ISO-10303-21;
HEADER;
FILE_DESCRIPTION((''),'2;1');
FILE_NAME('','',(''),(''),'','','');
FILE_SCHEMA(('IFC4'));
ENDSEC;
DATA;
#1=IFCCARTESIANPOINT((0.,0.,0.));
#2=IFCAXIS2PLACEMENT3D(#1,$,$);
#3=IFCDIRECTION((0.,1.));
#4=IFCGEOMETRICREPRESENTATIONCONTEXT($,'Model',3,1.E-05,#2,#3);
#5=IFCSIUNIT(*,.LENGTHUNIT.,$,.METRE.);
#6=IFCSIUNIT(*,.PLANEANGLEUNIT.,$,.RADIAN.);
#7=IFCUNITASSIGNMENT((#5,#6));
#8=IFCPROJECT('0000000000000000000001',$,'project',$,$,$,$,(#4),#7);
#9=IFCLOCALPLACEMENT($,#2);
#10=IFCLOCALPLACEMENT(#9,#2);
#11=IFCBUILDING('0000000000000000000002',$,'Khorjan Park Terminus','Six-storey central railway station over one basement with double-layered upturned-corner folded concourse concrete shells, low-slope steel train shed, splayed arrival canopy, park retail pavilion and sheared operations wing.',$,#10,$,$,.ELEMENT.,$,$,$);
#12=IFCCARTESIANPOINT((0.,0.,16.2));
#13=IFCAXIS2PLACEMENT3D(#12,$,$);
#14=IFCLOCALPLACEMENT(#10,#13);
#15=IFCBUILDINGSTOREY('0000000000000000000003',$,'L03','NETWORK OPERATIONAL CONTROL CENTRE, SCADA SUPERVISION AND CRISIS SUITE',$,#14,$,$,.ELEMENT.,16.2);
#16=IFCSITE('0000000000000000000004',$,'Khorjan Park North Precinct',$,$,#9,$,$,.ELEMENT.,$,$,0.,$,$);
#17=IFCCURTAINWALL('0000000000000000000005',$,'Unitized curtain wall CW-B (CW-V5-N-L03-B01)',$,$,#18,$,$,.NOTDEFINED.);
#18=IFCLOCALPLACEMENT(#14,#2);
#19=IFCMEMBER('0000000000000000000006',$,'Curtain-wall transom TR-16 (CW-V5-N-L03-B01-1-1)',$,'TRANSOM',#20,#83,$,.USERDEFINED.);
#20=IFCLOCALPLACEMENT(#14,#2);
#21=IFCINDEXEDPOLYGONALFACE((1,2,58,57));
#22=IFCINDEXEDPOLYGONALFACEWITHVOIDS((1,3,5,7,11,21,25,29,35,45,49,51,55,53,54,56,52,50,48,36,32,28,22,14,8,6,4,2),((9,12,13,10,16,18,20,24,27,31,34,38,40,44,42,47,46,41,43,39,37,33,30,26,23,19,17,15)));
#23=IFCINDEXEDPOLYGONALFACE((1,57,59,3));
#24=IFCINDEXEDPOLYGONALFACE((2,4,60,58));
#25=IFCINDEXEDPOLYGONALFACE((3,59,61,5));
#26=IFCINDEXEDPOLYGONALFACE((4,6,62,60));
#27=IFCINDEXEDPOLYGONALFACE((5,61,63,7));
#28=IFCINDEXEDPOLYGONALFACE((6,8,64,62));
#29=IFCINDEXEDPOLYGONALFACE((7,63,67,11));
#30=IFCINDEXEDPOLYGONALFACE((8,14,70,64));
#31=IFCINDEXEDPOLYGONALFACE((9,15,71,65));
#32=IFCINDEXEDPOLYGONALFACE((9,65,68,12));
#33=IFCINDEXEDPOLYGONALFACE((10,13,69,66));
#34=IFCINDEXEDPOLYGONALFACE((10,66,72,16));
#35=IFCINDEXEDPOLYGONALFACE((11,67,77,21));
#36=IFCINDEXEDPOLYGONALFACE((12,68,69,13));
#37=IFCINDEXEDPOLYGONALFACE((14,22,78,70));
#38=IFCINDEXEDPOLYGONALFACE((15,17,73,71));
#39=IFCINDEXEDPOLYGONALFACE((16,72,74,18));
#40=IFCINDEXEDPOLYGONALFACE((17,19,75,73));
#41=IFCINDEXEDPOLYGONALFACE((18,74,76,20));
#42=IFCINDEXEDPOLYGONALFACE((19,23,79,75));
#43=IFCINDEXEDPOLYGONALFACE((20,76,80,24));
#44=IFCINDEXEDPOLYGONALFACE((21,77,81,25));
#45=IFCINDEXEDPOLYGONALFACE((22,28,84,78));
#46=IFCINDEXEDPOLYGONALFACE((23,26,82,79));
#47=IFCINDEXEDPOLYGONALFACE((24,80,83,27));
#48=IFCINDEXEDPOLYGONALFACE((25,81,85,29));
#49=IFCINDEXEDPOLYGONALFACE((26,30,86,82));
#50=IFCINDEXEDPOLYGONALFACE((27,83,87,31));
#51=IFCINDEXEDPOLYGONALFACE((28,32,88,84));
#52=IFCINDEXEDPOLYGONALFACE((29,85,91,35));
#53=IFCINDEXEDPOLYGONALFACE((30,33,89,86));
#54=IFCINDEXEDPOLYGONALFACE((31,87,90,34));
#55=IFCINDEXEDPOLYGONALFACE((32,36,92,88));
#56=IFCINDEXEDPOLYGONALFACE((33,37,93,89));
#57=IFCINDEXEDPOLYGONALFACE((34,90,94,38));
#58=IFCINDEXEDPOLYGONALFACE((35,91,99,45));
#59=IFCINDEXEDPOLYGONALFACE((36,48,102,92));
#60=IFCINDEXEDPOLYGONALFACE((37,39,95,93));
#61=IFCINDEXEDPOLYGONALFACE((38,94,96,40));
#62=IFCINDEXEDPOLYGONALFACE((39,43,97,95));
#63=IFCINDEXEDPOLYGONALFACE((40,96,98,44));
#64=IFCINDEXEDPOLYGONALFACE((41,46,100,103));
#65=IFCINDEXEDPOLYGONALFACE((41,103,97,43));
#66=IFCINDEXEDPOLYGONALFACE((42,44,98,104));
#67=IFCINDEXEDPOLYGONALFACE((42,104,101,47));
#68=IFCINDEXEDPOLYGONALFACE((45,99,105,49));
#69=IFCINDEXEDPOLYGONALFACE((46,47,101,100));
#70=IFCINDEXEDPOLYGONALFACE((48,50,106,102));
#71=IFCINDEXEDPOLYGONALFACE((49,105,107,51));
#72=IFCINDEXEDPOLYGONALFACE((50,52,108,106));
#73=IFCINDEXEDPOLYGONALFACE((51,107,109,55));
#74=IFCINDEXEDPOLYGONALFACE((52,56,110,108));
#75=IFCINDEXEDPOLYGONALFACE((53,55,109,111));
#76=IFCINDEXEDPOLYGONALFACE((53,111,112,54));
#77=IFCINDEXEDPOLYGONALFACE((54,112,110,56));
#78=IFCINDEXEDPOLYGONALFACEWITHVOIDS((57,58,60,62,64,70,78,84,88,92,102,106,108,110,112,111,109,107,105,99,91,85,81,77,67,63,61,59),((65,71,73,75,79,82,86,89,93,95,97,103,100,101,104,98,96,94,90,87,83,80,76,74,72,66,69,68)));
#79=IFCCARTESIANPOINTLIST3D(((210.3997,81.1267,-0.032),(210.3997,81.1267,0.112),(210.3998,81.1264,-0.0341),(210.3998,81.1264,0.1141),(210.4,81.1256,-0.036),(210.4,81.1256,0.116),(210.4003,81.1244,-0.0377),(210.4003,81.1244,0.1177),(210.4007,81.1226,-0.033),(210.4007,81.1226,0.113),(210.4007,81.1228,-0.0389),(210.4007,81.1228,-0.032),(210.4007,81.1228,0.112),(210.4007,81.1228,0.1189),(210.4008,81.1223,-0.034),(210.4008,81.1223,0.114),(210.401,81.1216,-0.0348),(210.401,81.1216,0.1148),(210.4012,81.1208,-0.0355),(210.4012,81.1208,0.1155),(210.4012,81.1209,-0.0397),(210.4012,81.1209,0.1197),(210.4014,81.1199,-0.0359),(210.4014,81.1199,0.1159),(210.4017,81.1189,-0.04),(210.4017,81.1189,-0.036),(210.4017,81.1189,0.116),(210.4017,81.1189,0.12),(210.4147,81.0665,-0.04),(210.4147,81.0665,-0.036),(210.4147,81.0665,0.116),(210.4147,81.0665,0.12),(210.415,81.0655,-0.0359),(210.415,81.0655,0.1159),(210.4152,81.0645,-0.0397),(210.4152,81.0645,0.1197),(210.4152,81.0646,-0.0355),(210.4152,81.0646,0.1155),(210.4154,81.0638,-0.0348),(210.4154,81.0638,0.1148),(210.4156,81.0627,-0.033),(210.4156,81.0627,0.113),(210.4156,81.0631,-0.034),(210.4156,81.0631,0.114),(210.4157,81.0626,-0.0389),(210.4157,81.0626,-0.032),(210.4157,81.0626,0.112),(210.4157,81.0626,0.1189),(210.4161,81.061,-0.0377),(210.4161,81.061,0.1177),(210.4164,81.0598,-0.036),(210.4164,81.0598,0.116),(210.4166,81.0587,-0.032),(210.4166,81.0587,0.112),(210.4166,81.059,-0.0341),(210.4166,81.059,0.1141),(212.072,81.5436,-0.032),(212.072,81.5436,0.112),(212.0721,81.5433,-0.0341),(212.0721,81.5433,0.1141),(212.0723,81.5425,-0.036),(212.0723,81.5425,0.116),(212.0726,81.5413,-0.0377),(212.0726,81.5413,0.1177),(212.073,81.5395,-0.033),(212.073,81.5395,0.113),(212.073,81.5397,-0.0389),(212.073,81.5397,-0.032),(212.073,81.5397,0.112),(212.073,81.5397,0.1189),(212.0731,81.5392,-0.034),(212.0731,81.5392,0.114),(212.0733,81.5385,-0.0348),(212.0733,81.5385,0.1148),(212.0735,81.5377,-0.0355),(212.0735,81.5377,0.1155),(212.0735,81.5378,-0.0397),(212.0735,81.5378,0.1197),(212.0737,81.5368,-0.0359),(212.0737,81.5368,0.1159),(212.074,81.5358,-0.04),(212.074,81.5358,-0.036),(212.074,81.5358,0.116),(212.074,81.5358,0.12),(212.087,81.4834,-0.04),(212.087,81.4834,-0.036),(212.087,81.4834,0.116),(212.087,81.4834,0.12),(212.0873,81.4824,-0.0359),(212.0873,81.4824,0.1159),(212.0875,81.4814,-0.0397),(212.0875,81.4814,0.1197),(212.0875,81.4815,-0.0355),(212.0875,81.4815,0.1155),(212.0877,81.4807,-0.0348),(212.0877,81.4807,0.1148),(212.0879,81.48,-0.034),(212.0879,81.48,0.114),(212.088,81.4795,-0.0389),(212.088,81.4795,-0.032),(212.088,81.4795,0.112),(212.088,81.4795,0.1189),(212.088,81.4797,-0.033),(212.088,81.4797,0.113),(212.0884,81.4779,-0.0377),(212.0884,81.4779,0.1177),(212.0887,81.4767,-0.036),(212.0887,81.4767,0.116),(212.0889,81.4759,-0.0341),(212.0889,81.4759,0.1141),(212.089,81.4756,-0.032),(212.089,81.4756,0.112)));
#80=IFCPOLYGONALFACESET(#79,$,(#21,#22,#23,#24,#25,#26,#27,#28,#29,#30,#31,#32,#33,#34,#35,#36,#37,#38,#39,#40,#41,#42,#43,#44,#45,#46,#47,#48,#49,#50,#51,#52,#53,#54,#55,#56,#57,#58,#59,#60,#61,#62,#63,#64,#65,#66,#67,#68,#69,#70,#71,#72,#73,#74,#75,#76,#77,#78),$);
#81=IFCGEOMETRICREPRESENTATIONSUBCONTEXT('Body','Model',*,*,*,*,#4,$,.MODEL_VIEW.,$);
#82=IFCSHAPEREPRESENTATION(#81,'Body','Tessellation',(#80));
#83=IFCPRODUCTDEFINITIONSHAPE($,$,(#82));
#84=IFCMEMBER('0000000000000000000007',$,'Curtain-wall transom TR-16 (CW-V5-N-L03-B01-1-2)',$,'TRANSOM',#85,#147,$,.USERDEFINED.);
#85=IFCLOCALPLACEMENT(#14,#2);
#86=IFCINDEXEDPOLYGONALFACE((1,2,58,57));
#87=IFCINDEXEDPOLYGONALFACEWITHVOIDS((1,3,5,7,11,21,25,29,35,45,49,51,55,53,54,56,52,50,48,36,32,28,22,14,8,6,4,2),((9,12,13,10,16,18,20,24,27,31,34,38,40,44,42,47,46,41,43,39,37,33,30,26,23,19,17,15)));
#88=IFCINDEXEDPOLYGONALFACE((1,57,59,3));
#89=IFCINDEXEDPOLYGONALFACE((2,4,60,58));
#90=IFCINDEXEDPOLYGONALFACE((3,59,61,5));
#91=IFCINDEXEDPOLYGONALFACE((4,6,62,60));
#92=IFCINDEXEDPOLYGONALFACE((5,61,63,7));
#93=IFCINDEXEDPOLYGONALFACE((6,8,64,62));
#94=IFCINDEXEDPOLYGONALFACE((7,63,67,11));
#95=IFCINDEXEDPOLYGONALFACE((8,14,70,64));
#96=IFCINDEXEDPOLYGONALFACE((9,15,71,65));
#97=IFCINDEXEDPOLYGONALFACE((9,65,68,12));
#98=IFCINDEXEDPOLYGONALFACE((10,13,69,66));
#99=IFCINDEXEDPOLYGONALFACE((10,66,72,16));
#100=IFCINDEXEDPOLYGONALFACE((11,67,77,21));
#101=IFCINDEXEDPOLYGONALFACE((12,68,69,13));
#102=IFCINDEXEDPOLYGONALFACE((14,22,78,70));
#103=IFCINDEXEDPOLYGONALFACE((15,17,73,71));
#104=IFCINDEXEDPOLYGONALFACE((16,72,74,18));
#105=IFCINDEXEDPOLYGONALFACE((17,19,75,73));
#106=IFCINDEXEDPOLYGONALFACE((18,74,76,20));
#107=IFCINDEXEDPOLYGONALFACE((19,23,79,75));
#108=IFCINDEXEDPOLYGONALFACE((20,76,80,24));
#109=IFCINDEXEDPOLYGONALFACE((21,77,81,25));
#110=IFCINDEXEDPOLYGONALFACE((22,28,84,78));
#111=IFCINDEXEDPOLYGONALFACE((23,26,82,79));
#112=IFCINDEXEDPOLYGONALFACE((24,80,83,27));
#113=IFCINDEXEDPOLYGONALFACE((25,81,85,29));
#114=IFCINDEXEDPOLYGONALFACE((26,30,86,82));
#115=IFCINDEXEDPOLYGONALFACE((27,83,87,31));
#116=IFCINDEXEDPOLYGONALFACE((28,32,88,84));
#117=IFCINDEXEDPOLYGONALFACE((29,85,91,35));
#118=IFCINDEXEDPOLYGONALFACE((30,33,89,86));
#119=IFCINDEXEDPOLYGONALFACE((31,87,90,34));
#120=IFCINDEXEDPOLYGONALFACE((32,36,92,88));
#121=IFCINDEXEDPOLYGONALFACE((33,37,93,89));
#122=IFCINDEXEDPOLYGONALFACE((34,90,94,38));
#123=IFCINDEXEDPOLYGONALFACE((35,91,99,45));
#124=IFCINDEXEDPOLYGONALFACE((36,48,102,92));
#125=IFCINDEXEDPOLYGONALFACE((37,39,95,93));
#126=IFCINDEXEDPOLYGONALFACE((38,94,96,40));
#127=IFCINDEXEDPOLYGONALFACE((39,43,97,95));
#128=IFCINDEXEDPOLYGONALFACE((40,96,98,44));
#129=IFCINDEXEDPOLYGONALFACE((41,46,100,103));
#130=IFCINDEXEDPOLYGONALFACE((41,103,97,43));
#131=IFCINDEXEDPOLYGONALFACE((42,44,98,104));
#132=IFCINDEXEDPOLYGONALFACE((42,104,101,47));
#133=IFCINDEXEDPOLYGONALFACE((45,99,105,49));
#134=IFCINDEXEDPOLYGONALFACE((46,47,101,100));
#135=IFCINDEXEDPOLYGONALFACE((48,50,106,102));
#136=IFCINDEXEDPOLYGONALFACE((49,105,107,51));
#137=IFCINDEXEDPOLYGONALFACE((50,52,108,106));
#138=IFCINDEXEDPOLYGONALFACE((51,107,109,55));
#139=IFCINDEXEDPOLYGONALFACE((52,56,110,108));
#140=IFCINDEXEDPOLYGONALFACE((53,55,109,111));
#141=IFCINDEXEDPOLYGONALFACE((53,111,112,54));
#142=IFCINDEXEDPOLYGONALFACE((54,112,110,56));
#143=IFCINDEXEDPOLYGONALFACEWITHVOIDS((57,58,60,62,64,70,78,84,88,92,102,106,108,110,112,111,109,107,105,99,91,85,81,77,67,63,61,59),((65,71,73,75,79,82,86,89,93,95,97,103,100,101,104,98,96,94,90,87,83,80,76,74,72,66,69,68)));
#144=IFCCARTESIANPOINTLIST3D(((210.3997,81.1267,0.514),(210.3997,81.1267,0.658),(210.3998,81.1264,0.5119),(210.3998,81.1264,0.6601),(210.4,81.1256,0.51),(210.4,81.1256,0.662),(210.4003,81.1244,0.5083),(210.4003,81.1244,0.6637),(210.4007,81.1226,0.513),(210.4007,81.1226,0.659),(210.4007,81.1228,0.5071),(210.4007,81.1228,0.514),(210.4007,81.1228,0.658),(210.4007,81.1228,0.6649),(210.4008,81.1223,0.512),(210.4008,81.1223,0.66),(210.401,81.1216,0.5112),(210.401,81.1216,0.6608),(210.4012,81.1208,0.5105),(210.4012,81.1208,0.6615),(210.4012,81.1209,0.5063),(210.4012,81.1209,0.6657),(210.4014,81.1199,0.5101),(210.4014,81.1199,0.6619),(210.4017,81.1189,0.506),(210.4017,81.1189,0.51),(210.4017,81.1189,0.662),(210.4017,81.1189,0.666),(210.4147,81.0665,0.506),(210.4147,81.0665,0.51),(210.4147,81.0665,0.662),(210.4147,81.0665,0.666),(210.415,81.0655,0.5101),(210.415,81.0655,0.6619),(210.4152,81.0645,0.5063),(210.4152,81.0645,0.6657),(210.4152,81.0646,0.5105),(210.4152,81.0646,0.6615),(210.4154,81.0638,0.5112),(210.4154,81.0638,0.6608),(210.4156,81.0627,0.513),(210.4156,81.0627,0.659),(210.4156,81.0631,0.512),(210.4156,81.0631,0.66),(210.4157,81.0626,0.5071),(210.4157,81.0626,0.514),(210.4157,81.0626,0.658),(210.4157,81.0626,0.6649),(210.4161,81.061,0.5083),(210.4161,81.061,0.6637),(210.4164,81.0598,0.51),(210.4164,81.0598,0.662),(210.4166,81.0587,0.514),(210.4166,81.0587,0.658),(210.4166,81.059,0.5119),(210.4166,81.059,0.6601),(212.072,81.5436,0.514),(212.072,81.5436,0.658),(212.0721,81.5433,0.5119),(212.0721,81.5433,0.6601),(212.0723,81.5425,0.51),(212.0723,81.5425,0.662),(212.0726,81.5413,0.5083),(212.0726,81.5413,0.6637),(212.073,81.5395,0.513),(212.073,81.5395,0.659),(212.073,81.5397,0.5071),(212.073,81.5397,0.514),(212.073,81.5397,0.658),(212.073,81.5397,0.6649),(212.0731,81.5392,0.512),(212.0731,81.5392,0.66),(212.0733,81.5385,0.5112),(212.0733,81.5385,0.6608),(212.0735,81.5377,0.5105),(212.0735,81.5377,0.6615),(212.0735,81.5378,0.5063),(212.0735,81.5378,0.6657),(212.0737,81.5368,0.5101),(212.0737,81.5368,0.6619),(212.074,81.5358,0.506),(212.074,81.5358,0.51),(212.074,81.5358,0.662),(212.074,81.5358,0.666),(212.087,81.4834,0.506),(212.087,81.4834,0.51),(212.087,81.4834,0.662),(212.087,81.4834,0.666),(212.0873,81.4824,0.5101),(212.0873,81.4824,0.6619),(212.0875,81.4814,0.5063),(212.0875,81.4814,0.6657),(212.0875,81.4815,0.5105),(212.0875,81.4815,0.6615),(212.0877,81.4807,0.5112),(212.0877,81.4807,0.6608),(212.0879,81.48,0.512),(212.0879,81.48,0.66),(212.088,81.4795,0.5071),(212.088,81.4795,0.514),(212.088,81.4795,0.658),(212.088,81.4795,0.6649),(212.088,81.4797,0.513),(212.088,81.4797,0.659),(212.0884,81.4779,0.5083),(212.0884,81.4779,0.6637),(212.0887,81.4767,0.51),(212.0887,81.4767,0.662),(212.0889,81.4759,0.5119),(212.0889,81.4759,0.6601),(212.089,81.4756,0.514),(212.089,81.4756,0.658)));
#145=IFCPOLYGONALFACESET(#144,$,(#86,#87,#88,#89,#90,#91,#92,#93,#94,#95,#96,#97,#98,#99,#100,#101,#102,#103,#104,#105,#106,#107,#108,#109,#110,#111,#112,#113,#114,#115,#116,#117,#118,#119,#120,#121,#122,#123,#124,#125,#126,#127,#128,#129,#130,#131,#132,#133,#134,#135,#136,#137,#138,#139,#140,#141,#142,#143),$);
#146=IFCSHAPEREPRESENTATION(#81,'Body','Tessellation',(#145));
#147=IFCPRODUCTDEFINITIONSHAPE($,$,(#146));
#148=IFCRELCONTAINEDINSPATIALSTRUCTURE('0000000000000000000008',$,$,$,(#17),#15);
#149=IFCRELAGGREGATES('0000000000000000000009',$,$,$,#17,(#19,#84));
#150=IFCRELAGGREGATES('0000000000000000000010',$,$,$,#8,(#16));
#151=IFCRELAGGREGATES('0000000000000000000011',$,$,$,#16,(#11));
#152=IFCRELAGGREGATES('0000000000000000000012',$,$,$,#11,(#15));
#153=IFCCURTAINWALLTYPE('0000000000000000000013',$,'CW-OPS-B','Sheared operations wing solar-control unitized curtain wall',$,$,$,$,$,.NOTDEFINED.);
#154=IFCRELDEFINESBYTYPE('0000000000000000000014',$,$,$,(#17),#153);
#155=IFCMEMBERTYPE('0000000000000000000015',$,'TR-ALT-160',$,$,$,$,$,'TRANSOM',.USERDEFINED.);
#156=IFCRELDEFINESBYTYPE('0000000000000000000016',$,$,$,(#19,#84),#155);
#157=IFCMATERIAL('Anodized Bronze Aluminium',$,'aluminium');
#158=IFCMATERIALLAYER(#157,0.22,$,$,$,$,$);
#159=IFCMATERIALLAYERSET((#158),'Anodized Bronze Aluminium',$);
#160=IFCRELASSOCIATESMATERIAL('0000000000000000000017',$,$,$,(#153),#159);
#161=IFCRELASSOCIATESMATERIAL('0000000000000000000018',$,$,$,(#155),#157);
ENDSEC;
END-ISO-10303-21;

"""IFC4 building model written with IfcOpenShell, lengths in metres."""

from ifc_helpers import new_model, si_unit, direction, frame, origin, origin_2d, place, context, subcontext, project, spatial, hollow_rectangle, extrude, material, layer, layer_set, material_profile, profile_set, type_object, element, aggregate, save


model = new_model("IFC4")

# Units and contexts
model_context = context("Model", 3, precision=1e-05, world=origin(), true_north=direction((0.0, 1.0)))
body_context = subcontext(model_context, "Body", "Model", "MODEL_VIEW")
ifc_project = project(units=[si_unit("LENGTHUNIT", "METRE"), si_unit("PLANEANGLEUNIT", "RADIAN")], contexts=[model_context])

# Site, building, storey
site_placement = place(None, origin())
site = spatial("IfcSite", under=ifc_project, at=site_placement, Name="Khorjan Park North Precinct", CompositionType="ELEMENT", RefElevation=0.0)
building_placement = place(site_placement, origin())
building = spatial("IfcBuilding", under=site, at=building_placement, Name="Khorjan Park Terminus", Description="Six-storey central railway station over one basement with double-layered upturned-corner folded concourse concrete shells, low-slope steel train shed, splayed arrival canopy, park retail pavilion and sheared operations wing.", CompositionType="ELEMENT")
storey_placement = place(building_placement, frame((0.0, 0.0, 16.2)))
storey = spatial("IfcBuildingStorey", under=building, at=storey_placement, Name="L03", Description="NETWORK OPERATIONAL CONTROL CENTRE, SCADA SUPERVISION AND CRISIS SUITE", CompositionType="ELEMENT", Elevation=16.2)

# Curtain wall, members
ifc_material_1 = material(Name="Anodized Bronze Aluminium", Category="aluminium")
ifc_layer_1 = layer(ifc_material_1, 0.22)
ifc_layer_set_1 = layer_set([ifc_layer_1], Name="Anodized Bronze Aluminium")
curtain_wall_type = type_object("IfcCurtainWallType", Name="CW-OPS-B", Description="Sheared operations wing solar-control unitized curtain wall", PredefinedType="NOTDEFINED", material=ifc_layer_set_1)
curtain_wall_placement = place(storey_placement, origin())
curtain_wall = element("IfcCurtainWall", 1, at=curtain_wall_placement, inside=storey, type_object=curtain_wall_type, Name="Unitized curtain wall CW-B (CW-V5-N-L03-B01)", PredefinedType="NOTDEFINED")
ifc_material_profile_1 = material_profile(ifc_material_1, hollow_rectangle(XDim=0.07, YDim=0.16, WallThickness=0.004, InnerFilletRadius=0.004, OuterFilletRadius=0.008, at=origin_2d()), Name="ALT 70x160x4")
ifc_profile_set_1 = profile_set([ifc_material_profile_1], Name="Anodized Bronze Aluminium")
member_type_1 = type_object("IfcMemberType", Name="TR-ALT-160", ElementType="TRANSOM", PredefinedType="USERDEFINED", material=ifc_profile_set_1)
member_1_placement = place(storey_placement, frame((212.0805, 81.5096, 0.04), z_axis=(-0.970303, -0.241894, 0.0), x_axis=(0.241894, -0.970303, 0.0)))
member_1 = element("IfcMember", 2, at=member_1_placement, type_object=member_type_1, Name="Curtain-wall transom TR-16 (CW-V5-N-L03-B01-1-1)", ObjectType="TRANSOM", PredefinedType="USERDEFINED", context=body_context, shape_type="SweptSolid", body=[
    extrude(hollow_rectangle(XDim=0.07, YDim=0.16, WallThickness=0.004, InnerFilletRadius=0.004, OuterFilletRadius=0.008, at=origin_2d()), origin(), (0.0, 0.0, 1.0), 1.7235),
])
member_2_placement = place(storey_placement, frame((212.0805, 81.5096, 0.586), z_axis=(-0.970303, -0.241894, 0.0), x_axis=(0.241894, -0.970303, 0.0)))
member_2 = element("IfcMember", 3, at=member_2_placement, type_object=member_type_1, Name="Curtain-wall transom TR-16 (CW-V5-N-L03-B01-1-2)", ObjectType="TRANSOM", PredefinedType="USERDEFINED", context=body_context, shape_type="SweptSolid", body=[
    extrude(hollow_rectangle(XDim=0.07, YDim=0.16, WallThickness=0.004, InnerFilletRadius=0.004, OuterFilletRadius=0.008, at=origin_2d()), origin(), (0.0, 0.0, 1.0), 1.7235),
])
aggregate(curtain_wall, [member_1, member_2])

save(model, "model.ifc")
